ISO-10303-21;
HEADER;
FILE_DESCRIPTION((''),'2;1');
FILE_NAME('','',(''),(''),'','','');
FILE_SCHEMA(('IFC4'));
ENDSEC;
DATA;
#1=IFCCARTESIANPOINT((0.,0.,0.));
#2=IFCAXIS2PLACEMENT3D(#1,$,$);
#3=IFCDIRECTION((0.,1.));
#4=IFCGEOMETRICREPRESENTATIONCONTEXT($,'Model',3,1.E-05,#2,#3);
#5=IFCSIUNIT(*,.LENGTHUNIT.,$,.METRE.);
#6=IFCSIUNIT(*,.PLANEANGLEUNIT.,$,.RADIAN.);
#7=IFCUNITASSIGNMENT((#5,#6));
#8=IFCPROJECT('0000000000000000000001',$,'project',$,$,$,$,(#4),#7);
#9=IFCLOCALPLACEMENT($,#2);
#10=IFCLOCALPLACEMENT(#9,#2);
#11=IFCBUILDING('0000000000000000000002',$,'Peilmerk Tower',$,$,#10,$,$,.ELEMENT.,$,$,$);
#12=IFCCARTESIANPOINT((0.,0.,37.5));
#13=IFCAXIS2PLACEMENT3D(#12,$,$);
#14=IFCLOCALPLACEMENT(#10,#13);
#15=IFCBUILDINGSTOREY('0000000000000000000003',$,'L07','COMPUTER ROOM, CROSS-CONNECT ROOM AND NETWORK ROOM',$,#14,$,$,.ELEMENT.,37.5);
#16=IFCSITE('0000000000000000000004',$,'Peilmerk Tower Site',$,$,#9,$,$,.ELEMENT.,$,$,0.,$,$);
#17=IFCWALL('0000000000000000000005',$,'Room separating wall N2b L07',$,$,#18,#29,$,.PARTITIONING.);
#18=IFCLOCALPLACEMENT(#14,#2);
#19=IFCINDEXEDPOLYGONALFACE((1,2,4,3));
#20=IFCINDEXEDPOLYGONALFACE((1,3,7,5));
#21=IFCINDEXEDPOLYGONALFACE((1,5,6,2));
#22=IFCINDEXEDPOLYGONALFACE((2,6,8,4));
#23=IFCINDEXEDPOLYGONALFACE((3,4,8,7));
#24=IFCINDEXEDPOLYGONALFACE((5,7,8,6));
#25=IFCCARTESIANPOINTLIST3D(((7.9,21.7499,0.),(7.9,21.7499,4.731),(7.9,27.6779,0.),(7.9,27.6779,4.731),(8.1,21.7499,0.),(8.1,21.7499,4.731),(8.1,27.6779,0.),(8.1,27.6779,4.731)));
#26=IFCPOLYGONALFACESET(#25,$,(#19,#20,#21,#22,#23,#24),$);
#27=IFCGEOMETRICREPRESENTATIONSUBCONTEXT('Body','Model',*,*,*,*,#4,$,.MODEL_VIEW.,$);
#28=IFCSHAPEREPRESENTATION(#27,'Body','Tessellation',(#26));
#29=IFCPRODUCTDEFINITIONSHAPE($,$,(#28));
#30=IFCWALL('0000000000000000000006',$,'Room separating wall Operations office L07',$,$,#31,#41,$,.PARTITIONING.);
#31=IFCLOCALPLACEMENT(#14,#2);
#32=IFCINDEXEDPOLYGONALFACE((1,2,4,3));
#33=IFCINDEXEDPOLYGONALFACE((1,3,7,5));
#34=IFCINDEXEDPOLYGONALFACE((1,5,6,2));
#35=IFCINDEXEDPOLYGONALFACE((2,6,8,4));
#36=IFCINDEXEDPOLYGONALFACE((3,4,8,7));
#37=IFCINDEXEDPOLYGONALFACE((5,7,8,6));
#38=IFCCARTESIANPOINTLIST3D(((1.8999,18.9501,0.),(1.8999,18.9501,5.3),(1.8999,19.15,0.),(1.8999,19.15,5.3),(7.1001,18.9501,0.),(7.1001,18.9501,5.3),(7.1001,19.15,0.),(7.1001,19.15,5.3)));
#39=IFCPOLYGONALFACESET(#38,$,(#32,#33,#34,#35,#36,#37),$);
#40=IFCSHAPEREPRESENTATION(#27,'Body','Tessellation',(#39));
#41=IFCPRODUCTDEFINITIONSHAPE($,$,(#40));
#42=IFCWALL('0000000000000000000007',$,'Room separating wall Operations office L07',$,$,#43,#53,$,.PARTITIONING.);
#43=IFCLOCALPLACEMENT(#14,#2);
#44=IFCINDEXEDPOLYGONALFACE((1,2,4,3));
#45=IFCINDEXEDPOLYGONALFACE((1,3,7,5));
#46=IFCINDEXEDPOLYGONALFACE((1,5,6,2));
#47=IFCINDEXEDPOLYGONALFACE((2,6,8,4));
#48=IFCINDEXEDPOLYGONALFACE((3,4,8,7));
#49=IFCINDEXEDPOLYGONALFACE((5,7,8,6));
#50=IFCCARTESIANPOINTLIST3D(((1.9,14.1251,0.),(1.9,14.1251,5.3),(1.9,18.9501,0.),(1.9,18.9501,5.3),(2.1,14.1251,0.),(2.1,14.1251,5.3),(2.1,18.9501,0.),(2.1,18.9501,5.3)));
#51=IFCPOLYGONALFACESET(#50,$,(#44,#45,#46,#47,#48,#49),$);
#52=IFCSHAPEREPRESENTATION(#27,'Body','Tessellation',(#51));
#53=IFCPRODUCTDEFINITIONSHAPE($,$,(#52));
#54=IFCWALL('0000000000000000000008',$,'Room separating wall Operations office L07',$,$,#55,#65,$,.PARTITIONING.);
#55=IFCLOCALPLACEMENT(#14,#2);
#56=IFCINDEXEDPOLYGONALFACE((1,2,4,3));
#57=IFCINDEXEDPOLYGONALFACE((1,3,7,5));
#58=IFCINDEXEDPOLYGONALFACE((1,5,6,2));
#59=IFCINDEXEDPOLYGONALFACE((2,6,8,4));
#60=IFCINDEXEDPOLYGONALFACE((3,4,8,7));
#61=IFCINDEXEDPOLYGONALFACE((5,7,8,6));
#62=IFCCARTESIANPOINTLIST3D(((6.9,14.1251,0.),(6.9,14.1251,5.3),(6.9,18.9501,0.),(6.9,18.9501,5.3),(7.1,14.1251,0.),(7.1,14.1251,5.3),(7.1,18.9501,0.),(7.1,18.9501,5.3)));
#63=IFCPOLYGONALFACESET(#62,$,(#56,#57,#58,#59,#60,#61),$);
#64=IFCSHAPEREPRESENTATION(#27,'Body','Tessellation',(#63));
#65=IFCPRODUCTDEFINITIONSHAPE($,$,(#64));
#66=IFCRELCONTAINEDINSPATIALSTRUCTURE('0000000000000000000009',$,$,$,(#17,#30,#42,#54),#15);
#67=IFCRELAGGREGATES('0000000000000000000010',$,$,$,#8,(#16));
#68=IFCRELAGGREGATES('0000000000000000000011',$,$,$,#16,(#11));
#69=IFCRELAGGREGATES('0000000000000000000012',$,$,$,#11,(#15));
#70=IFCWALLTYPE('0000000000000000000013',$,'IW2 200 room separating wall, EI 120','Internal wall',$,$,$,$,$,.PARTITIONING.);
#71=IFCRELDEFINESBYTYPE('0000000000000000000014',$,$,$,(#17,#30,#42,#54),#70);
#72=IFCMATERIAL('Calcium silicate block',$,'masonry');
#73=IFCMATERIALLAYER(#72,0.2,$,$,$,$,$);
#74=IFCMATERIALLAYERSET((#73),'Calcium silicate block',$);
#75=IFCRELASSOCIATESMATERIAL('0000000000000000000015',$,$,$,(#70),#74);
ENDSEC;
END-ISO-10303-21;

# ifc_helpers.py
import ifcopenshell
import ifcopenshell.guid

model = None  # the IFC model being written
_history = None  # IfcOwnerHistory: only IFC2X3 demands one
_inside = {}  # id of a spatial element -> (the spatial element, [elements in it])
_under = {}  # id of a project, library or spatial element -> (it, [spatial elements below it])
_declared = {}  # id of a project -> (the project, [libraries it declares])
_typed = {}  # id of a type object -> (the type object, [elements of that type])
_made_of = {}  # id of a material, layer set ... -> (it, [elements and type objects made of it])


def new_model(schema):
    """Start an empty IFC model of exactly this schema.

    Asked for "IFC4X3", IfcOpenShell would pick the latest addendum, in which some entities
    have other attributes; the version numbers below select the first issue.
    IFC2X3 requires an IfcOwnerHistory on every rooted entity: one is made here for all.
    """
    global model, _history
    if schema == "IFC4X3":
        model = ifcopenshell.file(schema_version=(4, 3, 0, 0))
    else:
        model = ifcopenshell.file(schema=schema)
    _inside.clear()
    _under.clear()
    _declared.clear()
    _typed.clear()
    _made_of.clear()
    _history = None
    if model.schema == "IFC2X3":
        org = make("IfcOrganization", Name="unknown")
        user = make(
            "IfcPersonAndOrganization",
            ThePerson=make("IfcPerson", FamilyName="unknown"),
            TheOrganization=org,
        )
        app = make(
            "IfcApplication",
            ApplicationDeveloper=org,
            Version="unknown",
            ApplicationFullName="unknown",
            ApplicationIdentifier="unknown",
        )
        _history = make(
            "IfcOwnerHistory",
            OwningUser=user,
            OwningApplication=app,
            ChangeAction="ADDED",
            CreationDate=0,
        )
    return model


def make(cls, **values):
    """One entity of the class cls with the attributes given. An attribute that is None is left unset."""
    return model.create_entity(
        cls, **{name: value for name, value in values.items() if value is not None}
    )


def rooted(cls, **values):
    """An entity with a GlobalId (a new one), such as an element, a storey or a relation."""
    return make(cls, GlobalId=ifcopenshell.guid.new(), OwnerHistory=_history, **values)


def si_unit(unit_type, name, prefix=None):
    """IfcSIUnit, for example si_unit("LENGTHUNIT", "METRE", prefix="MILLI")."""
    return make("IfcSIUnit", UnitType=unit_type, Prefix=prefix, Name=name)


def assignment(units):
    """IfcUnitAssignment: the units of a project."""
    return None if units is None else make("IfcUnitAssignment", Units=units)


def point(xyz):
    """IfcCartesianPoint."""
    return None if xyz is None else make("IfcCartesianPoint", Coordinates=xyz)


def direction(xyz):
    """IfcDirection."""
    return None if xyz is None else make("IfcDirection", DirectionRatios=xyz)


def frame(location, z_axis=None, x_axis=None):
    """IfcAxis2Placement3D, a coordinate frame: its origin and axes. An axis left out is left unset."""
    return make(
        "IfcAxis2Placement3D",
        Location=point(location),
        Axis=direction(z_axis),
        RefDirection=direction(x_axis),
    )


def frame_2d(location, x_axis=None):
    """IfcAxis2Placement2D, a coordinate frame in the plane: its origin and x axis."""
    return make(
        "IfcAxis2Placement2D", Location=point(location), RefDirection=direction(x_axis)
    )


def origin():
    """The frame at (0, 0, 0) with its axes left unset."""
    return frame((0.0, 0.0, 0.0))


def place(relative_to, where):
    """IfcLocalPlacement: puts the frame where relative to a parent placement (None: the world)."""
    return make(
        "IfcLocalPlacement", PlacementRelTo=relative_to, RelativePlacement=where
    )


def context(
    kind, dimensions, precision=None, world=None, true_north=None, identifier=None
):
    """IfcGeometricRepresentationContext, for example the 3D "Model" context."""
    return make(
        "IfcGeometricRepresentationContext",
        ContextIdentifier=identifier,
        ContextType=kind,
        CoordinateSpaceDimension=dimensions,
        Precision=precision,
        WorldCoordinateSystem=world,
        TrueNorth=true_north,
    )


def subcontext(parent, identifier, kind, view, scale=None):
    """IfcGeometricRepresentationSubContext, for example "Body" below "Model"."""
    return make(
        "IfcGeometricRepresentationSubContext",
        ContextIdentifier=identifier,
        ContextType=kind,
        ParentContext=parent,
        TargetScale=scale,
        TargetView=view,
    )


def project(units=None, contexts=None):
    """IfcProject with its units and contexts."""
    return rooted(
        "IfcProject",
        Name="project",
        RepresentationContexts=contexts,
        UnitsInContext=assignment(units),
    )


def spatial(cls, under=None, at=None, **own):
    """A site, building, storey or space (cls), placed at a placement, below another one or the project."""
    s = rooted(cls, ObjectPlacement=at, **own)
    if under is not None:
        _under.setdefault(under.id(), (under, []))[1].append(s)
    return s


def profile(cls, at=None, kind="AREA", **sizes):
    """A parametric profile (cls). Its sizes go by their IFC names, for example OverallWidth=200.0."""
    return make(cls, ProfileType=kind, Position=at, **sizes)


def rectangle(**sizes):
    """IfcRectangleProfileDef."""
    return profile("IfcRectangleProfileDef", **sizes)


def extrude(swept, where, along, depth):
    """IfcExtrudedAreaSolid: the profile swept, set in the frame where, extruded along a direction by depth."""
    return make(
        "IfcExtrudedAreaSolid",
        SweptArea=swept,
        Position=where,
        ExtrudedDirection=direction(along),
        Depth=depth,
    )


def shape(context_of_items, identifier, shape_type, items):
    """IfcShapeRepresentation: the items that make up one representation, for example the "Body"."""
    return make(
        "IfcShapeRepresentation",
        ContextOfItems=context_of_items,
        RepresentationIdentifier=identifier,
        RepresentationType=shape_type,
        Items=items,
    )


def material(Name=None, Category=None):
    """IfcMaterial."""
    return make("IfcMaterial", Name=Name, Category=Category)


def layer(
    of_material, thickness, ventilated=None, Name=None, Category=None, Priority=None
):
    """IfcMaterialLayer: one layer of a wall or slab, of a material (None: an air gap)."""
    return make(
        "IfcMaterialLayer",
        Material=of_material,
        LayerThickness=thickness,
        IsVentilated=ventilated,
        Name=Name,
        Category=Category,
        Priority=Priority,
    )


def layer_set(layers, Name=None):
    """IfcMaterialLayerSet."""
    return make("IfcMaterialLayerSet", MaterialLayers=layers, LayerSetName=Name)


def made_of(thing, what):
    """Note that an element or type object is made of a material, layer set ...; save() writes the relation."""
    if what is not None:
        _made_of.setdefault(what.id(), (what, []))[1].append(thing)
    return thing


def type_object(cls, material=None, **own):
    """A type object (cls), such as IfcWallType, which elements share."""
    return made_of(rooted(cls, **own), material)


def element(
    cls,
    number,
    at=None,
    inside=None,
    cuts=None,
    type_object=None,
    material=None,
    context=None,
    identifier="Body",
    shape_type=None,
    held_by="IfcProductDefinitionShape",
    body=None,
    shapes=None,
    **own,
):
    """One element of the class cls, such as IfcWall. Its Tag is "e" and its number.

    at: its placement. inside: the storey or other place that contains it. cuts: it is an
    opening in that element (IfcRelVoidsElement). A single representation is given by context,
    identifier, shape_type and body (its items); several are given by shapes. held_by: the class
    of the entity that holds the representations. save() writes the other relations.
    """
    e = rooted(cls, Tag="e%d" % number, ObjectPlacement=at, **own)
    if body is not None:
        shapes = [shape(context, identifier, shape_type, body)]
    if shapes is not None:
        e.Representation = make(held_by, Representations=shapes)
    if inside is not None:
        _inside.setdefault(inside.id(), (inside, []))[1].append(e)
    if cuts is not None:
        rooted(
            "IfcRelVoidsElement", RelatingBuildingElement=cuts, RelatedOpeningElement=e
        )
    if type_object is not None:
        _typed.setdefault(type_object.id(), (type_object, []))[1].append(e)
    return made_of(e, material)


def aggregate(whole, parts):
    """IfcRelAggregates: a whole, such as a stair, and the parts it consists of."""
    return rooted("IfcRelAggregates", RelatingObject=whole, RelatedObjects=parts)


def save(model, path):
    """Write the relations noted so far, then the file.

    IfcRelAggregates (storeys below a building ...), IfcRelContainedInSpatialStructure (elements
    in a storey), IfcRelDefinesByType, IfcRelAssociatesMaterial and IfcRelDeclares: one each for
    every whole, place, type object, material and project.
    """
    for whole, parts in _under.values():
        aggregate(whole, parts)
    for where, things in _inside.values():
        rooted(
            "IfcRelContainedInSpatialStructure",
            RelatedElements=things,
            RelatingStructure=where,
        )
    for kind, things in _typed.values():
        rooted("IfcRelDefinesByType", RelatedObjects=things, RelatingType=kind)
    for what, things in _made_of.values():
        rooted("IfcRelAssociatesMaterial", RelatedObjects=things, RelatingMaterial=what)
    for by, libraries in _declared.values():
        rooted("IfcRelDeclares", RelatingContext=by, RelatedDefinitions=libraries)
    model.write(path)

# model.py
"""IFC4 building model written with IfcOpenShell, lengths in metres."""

from ifc_helpers import new_model, si_unit, direction, frame, frame_2d, origin, place, context, subcontext, project, spatial, rectangle, extrude, material, layer, layer_set, type_object, element, save


model = new_model("IFC4")

# Units and contexts
model_context = context("Model", 3, precision=1e-05, world=origin(), true_north=direction((0.0, 1.0)))
body_context = subcontext(model_context, "Body", "Model", "MODEL_VIEW")
ifc_project = project(units=[si_unit("LENGTHUNIT", "METRE"), si_unit("PLANEANGLEUNIT", "RADIAN")], contexts=[model_context])

# Site, building, storey
site_placement = place(None, origin())
site = spatial("IfcSite", under=ifc_project, at=site_placement, Name="Peilmerk Tower Site", CompositionType="ELEMENT", RefElevation=0.0)
building_placement = place(site_placement, origin())
building = spatial("IfcBuilding", under=site, at=building_placement, Name="Peilmerk Tower", CompositionType="ELEMENT")
storey_placement = place(building_placement, frame((0.0, 0.0, 37.5)))
storey = spatial("IfcBuildingStorey", under=building, at=storey_placement, Name="L07", Description="COMPUTER ROOM, CROSS-CONNECT ROOM AND NETWORK ROOM", CompositionType="ELEMENT", Elevation=37.5)

# Walls
ifc_material_1 = material(Name="Calcium silicate block", Category="masonry")
ifc_layer = layer(ifc_material_1, 0.2)
ifc_layer_set = layer_set([ifc_layer], Name="Calcium silicate block")
wall_type = type_object("IfcWallType", Name="IW2 200 room separating wall, EI 120", Description="Internal wall", PredefinedType="PARTITIONING", material=ifc_layer_set)
wall_1_placement = place(storey_placement, frame((8.0, 21.75, 0.0), z_axis=(0.0, 0.0, 1.0), x_axis=(0.0, 1.0, 0.0)))
element("IfcWall", 1, at=wall_1_placement, inside=storey, type_object=wall_type, Name="Room separating wall N2b L07", PredefinedType="PARTITIONING", context=body_context, shape_type="SweptSolid", body=[
    extrude(rectangle(XDim=5.928, YDim=0.2, at=frame_2d((2.9639, 0.0))), origin(), (0.0, 0.0, 1.0), 4.731),
])
wall_2_placement = place(storey_placement, frame((1.8999, 19.05, 0.0), z_axis=(0.0, 0.0, 1.0), x_axis=(1.0, 0.0, 0.0)))
element("IfcWall", 2, at=wall_2_placement, inside=storey, type_object=wall_type, Name="Room separating wall Operations office L07", PredefinedType="PARTITIONING", context=body_context, shape_type="SweptSolid", body=[
    extrude(rectangle(XDim=5.2002, YDim=0.2, at=frame_2d((2.6001, 0.0))), origin(), (0.0, 0.0, 1.0), 5.3),
])
for number, where, z_axis, x_axis, name in (
    (3, (2.0, 14.125, 0.0), (0.0, 0.0, 1.0), (0.0, 1.0, 0.0), "Room separating wall Operations office L07"),
    (4, (7.0, 14.125, 0.0), (0.0, 0.0, 1.0), (0.0, 1.0, 0.0), "Room separating wall Operations office L07"),
):
    element("IfcWall", number, at=place(storey_placement, frame(where, z_axis=z_axis, x_axis=x_axis)), inside=storey, type_object=wall_type, Name=name, PredefinedType="PARTITIONING", context=body_context, shape_type="SweptSolid", body=[
        extrude(rectangle(XDim=4.825, YDim=0.2, at=frame_2d((2.4126, 0.0))), origin(), (0.0, 0.0, 1.0), 5.3),
    ])

save(model, "model.ifc")
